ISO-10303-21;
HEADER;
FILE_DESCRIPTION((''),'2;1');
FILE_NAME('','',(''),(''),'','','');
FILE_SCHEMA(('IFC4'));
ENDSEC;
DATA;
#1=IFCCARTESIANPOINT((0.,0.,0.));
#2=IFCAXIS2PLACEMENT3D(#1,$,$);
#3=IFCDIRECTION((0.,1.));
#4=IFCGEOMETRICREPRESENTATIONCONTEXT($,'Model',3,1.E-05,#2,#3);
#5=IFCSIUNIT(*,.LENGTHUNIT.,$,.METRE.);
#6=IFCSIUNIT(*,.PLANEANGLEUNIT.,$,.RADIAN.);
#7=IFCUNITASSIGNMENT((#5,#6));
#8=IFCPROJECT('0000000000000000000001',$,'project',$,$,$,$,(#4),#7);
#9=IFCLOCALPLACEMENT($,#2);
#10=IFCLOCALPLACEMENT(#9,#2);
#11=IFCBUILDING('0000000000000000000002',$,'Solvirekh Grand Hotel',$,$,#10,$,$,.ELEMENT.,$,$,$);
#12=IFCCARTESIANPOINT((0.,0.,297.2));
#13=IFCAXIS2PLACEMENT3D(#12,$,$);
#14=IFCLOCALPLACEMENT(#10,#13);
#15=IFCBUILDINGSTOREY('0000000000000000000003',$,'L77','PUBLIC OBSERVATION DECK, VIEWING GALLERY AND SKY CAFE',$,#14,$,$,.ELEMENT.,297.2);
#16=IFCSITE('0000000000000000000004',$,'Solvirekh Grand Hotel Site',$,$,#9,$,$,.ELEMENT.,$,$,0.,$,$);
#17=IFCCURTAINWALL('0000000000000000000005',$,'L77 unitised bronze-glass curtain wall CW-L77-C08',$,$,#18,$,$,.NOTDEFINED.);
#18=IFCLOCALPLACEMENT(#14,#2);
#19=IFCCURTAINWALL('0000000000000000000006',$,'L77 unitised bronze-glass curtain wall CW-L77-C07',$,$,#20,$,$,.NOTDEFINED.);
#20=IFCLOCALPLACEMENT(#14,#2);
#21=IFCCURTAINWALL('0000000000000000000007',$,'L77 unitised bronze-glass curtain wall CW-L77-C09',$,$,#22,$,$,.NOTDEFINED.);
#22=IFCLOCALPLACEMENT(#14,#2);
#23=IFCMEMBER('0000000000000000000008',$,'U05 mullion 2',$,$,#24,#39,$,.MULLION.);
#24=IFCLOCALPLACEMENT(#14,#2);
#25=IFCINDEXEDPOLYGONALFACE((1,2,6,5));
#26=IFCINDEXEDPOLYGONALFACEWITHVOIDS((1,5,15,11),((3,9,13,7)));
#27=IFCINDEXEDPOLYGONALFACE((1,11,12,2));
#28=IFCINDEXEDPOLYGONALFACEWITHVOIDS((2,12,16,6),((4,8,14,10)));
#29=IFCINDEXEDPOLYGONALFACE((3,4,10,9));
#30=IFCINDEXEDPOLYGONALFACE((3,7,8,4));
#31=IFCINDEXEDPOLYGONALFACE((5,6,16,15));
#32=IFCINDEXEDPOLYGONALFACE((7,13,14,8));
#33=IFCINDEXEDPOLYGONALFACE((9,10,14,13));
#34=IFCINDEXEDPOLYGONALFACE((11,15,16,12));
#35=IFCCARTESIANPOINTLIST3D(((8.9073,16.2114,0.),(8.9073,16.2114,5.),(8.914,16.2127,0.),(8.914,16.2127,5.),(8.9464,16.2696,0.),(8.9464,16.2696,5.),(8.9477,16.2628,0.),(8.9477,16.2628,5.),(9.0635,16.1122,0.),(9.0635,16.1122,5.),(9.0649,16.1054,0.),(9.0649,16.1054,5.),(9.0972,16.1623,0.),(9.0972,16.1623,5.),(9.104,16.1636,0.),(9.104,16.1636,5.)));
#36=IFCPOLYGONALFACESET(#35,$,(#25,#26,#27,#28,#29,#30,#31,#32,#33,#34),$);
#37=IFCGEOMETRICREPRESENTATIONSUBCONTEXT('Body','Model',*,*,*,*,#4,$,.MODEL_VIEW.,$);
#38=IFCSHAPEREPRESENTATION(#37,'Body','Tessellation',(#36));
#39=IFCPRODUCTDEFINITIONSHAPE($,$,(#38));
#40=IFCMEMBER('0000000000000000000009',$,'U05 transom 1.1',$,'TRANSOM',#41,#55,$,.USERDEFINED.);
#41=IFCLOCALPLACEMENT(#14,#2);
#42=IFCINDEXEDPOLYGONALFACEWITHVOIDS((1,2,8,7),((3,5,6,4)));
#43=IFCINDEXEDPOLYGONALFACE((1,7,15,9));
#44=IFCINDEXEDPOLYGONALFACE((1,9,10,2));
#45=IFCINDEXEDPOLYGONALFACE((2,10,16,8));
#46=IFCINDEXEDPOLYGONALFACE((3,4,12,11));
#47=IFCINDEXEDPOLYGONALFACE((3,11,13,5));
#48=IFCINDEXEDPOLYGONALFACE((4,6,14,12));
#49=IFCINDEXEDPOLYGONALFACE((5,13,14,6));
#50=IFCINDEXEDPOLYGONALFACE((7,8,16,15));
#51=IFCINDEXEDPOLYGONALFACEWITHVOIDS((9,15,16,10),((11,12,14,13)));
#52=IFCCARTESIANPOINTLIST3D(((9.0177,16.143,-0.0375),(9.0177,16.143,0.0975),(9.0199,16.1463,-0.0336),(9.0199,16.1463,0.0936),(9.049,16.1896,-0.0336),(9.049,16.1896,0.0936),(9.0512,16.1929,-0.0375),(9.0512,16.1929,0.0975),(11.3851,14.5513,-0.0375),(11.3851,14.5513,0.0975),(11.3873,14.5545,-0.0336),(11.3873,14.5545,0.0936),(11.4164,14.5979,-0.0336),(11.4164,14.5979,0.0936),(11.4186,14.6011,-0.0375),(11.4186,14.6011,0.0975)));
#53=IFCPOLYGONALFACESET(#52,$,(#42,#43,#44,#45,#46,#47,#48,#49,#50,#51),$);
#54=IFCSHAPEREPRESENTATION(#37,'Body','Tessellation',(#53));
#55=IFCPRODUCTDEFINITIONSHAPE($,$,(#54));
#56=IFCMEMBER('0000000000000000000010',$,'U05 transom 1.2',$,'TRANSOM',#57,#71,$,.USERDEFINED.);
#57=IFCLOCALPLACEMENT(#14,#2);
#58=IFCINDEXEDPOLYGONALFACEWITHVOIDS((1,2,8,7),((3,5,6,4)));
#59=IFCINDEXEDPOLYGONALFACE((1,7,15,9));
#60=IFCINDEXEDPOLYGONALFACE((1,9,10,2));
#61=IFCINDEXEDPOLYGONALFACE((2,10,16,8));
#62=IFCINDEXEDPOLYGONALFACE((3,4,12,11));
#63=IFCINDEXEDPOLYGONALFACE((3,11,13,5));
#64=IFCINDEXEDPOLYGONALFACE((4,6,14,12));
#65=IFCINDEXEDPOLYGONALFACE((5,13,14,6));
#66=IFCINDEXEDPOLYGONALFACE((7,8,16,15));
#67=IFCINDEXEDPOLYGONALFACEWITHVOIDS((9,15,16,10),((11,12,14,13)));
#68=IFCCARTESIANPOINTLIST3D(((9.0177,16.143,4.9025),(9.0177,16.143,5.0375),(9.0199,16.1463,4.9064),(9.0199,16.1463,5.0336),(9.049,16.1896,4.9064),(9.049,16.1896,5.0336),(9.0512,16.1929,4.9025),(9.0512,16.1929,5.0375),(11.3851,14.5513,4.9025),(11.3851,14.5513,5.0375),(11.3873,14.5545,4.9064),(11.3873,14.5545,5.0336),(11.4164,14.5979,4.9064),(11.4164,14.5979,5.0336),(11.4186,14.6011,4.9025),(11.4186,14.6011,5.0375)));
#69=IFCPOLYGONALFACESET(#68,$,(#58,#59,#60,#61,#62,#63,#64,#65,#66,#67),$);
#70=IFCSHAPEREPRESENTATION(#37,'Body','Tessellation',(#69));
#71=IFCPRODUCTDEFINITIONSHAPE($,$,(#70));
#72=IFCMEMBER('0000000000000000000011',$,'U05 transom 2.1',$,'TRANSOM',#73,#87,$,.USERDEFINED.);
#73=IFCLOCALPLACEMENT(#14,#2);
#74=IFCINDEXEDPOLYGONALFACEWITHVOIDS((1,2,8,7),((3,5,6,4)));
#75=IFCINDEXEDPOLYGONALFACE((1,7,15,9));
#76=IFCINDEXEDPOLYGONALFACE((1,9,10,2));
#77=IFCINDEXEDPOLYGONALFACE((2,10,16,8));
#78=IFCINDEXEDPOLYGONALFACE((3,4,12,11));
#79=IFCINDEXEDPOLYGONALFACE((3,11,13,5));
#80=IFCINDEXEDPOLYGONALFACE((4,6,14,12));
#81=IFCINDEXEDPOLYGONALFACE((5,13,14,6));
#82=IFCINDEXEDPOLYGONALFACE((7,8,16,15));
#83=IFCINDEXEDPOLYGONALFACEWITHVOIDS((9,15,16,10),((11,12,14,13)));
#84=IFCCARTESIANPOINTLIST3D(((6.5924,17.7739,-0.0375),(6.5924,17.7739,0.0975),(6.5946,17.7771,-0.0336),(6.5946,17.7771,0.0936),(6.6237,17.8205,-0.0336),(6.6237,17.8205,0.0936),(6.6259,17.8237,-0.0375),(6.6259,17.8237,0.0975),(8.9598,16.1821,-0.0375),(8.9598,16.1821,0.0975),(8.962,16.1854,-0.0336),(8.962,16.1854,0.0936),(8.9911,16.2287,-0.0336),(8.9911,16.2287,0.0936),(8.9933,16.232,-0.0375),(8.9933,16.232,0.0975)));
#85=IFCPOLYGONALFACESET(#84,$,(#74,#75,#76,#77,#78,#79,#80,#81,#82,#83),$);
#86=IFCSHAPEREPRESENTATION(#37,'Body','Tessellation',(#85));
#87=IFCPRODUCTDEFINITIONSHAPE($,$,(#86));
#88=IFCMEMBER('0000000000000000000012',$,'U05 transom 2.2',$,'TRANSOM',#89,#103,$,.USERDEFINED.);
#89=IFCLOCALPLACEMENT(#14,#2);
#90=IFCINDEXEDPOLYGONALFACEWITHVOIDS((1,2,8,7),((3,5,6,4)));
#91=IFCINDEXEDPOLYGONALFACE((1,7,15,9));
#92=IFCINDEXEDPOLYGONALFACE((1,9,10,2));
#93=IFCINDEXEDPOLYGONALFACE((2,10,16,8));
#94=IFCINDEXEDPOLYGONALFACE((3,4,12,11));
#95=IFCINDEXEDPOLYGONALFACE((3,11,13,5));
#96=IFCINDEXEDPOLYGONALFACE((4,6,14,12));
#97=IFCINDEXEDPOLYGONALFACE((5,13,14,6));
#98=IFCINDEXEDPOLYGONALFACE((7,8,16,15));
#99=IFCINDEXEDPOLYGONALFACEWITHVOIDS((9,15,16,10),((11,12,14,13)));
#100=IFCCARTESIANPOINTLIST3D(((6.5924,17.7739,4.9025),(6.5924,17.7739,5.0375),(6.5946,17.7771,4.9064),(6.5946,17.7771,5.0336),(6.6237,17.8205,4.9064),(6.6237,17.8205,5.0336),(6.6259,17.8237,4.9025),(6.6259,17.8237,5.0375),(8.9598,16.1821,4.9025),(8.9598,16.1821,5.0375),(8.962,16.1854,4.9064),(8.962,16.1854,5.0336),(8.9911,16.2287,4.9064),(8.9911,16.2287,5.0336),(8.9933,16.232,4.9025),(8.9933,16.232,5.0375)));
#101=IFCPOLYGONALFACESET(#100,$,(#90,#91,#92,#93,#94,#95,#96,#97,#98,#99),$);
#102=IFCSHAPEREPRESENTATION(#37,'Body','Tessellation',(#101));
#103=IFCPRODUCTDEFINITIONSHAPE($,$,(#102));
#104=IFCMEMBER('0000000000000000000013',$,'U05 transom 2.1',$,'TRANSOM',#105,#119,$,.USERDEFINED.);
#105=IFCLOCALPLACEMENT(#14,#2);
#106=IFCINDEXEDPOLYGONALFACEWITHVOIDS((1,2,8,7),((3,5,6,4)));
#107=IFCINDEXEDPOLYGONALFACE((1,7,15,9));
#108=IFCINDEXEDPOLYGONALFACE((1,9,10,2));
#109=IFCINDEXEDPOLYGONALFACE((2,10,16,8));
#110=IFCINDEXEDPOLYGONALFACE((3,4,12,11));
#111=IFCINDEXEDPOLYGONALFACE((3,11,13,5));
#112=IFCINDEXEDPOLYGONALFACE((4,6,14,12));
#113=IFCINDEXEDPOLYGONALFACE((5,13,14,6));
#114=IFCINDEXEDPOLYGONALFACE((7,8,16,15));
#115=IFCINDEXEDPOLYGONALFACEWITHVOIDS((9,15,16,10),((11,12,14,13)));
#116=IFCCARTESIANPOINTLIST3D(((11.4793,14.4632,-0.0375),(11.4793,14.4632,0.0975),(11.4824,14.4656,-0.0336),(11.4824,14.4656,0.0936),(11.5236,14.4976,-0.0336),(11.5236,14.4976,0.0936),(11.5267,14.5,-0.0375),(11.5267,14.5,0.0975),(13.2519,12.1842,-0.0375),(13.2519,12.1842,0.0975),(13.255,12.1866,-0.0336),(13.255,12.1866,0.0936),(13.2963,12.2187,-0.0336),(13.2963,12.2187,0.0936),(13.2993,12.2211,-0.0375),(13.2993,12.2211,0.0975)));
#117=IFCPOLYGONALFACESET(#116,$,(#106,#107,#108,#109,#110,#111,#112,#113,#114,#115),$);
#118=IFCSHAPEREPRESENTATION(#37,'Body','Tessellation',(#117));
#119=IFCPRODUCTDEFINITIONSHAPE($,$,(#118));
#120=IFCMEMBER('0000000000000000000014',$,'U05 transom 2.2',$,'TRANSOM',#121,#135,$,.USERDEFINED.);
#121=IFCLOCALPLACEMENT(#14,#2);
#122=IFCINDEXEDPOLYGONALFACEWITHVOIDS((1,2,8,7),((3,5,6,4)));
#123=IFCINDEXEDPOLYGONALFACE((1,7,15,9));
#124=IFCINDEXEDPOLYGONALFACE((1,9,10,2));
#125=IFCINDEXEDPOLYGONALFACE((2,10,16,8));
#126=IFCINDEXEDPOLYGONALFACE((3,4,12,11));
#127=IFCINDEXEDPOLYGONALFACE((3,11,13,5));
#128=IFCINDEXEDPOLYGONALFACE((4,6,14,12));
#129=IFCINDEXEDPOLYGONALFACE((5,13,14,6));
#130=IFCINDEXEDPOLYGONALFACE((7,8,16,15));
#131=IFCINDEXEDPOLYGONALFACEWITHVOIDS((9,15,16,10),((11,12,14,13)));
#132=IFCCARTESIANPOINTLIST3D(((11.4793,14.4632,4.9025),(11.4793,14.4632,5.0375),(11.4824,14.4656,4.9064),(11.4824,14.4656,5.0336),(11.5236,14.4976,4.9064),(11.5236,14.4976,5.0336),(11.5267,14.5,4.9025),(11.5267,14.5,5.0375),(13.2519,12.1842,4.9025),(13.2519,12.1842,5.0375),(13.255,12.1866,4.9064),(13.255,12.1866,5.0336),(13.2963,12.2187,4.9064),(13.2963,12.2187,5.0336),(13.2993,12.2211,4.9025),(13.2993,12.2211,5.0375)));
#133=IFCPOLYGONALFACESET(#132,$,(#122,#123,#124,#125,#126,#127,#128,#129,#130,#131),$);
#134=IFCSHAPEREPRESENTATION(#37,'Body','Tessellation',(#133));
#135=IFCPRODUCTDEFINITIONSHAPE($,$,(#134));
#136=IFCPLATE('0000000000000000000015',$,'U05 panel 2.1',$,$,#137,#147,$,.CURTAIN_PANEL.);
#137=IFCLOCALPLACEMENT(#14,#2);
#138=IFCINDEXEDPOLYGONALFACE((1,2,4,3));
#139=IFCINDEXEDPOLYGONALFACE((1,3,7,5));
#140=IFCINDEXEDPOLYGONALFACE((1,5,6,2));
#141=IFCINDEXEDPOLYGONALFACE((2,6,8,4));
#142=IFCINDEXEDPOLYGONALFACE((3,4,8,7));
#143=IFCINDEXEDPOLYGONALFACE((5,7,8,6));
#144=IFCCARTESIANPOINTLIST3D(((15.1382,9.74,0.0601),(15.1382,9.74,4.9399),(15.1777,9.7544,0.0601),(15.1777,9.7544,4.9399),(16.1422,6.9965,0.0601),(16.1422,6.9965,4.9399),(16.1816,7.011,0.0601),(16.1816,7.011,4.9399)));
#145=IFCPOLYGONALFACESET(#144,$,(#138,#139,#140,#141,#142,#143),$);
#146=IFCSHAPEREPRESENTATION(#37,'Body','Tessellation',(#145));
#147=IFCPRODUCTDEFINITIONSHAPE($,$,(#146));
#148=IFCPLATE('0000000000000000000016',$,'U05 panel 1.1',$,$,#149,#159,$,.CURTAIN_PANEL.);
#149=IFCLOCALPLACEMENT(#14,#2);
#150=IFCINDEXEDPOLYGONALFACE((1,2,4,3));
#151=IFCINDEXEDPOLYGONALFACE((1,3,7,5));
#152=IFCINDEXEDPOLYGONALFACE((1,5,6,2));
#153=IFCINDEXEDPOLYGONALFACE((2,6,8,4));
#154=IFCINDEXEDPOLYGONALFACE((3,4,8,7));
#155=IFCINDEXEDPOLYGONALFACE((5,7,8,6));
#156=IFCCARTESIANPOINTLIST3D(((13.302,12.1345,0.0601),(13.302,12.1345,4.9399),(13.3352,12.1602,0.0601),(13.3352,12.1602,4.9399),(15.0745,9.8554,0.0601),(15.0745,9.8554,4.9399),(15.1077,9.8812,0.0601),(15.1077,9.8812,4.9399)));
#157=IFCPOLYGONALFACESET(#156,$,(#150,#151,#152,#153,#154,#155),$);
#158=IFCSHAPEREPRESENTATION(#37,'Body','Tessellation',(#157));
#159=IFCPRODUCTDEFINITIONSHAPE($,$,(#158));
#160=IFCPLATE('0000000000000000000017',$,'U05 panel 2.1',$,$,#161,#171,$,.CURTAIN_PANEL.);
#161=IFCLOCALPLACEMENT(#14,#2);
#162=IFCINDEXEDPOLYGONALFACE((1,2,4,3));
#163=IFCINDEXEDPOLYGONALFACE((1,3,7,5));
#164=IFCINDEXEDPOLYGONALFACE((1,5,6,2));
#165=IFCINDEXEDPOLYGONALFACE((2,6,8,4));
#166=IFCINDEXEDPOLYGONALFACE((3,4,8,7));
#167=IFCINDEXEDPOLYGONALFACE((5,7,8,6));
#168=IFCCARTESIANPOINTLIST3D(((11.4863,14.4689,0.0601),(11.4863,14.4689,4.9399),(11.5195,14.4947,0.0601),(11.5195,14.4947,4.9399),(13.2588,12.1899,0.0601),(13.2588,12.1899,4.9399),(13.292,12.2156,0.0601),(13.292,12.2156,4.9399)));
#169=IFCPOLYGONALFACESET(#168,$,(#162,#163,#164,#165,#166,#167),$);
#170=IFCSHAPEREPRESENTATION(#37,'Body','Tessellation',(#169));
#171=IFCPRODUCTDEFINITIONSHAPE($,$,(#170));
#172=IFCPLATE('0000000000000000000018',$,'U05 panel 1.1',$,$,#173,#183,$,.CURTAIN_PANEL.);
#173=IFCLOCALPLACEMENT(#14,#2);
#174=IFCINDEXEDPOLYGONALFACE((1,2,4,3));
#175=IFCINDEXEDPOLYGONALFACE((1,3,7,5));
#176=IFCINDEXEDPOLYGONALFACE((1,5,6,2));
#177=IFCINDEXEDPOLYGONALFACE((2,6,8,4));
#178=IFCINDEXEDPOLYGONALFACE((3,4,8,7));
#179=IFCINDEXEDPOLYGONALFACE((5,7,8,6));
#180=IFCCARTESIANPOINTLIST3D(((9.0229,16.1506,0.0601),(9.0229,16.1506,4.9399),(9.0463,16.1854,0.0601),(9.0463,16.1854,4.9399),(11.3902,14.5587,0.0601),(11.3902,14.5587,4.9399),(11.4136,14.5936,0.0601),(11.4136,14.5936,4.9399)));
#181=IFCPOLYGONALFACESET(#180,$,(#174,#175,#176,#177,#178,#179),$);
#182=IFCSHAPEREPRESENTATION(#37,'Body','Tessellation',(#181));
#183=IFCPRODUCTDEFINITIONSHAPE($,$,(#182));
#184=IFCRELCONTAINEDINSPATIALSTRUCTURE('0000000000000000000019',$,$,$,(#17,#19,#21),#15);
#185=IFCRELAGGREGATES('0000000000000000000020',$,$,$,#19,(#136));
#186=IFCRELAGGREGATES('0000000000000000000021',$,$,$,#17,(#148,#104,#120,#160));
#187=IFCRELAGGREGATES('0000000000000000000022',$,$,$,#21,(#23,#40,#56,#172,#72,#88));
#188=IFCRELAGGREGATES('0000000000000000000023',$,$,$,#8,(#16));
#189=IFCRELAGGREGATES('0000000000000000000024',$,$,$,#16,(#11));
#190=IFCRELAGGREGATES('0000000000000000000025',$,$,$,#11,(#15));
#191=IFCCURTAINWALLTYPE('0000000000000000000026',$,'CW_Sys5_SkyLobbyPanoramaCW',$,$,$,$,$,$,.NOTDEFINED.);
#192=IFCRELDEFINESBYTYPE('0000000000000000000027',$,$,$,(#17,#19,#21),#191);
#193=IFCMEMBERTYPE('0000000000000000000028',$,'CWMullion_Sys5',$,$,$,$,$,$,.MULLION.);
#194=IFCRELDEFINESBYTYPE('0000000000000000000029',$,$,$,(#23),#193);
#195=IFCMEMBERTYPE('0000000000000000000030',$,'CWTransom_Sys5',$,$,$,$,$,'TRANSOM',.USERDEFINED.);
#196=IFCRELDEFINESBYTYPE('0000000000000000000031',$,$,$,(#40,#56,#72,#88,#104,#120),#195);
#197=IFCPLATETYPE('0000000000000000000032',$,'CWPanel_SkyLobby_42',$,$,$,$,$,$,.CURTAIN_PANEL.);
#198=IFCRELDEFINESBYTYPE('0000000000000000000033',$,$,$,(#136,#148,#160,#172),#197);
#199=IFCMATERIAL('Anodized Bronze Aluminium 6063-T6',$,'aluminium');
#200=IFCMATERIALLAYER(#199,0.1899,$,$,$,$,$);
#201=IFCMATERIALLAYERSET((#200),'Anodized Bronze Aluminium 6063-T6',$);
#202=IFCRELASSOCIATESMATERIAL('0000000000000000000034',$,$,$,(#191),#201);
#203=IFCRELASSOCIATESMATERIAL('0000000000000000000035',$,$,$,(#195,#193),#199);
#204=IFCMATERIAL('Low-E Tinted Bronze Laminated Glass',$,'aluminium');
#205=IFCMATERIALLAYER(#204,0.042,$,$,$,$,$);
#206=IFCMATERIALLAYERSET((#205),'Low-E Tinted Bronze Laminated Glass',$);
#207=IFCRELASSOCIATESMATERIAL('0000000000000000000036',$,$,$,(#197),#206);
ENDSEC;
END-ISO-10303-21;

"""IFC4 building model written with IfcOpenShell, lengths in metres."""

from ifc_helpers import new_model, si_unit, direction, frame, origin, origin_2d, place, context, subcontext, project, spatial, rectangle, hollow_rectangle, extrude, source, transform, mapped, material, layer, layer_set, material_profile, profile_set, type_object, element, aggregate, save


model = new_model("IFC4")

# Units and contexts
model_context = context("Model", 3, precision=1e-05, world=origin(), true_north=direction((0.0, 1.0)))
body_context = subcontext(model_context, "Body", "Model", "MODEL_VIEW")
ifc_project = project(units=[si_unit("LENGTHUNIT", "METRE"), si_unit("PLANEANGLEUNIT", "RADIAN")], contexts=[model_context])

# Site, building, storey
site_placement = place(None, origin())
site = spatial("IfcSite", under=ifc_project, at=site_placement, Name="Solvirekh Grand Hotel Site", CompositionType="ELEMENT", RefElevation=0.0)
building_placement = place(site_placement, origin())
building = spatial("IfcBuilding", under=site, at=building_placement, Name="Solvirekh Grand Hotel", CompositionType="ELEMENT")
storey_placement = place(building_placement, frame((0.0, 0.0, 297.2)))
storey = spatial("IfcBuildingStorey", under=building, at=storey_placement, Name="L77", Description="PUBLIC OBSERVATION DECK, VIEWING GALLERY AND SKY CAFE", CompositionType="ELEMENT", Elevation=297.2)

# Curtain wall
ifc_material_1 = material(Name="Anodized Bronze Aluminium 6063-T6", Category="aluminium")
ifc_layer_1 = layer(ifc_material_1, 0.1899)
ifc_layer_set_1 = layer_set([ifc_layer_1], Name="Anodized Bronze Aluminium 6063-T6")
curtain_wall_type = type_object("IfcCurtainWallType", Name="CW_Sys5_SkyLobbyPanoramaCW", PredefinedType="NOTDEFINED", material=ifc_layer_set_1)
curtain_wall_1_placement = place(storey_placement, origin())
curtain_wall_1 = element("IfcCurtainWall", 1, at=curtain_wall_1_placement, inside=storey, type_object=curtain_wall_type, Name="L77 unitised bronze-glass curtain wall CW-L77-C08", PredefinedType="NOTDEFINED")
ifc_material_profile_1 = material_profile(ifc_material_1, hollow_rectangle(XDim=0.0601, YDim=0.135, WallThickness=0.0039, at=origin_2d()), Name="ALU RHS 135X60X4")
ifc_profile_set_1 = profile_set([ifc_material_profile_1], Name="Anodized Bronze Aluminium 6063-T6")
member_type_1 = type_object("IfcMemberType", Name="CWTransom_Sys5", ElementType="TRANSOM", PredefinedType="USERDEFINED", material=ifc_profile_set_1)

# Curtain wall
curtain_wall_2_placement = place(storey_placement, origin())
curtain_wall_2 = element("IfcCurtainWall", 2, at=curtain_wall_2_placement, inside=storey, type_object=curtain_wall_type, Name="L77 unitised bronze-glass curtain wall CW-L77-C07", PredefinedType="NOTDEFINED")
ifc_material_profile_2 = material_profile(ifc_material_1, hollow_rectangle(XDim=0.0701, YDim=0.1899, WallThickness=0.0049, at=origin_2d()), Name="ALU RHS 190X70X5")
ifc_profile_set_2 = profile_set([ifc_material_profile_2], Name="Anodized Bronze Aluminium 6063-T6")
member_type_2 = type_object("IfcMemberType", Name="CWMullion_Sys5", PredefinedType="MULLION", material=ifc_profile_set_2)
shared_shape_1 = source(origin(), body_context, "Body", "SweptSolid", [
    extrude(hollow_rectangle(XDim=0.0701, YDim=0.1899, WallThickness=0.0049, at=origin_2d()), origin(), (0.0, 0.0, 1.0), 5.0),
])

# Curtain wall, members
curtain_wall_3_placement = place(storey_placement, origin())
curtain_wall_3 = element("IfcCurtainWall", 3, at=curtain_wall_3_placement, inside=storey, type_object=curtain_wall_type, Name="L77 unitised bronze-glass curtain wall CW-L77-C09", PredefinedType="NOTDEFINED")
member_1_placement = place(storey_placement, frame((9.0056, 16.1875, 0.0), z_axis=(0.0, 0.0, 1.0), x_axis=(-0.558012, -0.829833, 0.0)))
member_1 = element("IfcMember", 4, at=member_1_placement, type_object=member_type_2, Name="U05 mullion 2", PredefinedType="MULLION", context=body_context, shape_type="MappedRepresentation", body=[
    mapped(shared_shape_1, transform((0.0, 0.0, 0.0), x_axis=(1.0, 0.0, 0.0), y_axis=(0.0, 1.0, 0.0), z_axis=(0.0, 0.0, 1.0), scale=1.0)),
])
shared_shape_2 = source(origin(), body_context, "Body", "SweptSolid", [
    extrude(hollow_rectangle(XDim=0.0601, YDim=0.135, WallThickness=0.0039, at=origin_2d()), origin(), (0.0, 0.0, 1.0), 2.8528),
])
member_2_placement = place(storey_placement, frame((11.4019, 14.5762, 0.03), z_axis=(-0.829858, 0.557974, 0.0), x_axis=(-0.557974, -0.829858, 0.0)))
member_2 = element("IfcMember", 5, at=member_2_placement, type_object=member_type_1, Name="U05 transom 1.1", ObjectType="TRANSOM", PredefinedType="USERDEFINED", context=body_context, shape_type="MappedRepresentation", body=[
    mapped(shared_shape_2, transform((0.0, 0.0, 0.0), x_axis=(1.0, 0.0, 0.0), y_axis=(0.0, 1.0, 0.0), z_axis=(0.0, 0.0, 1.0), scale=1.0)),
])
member_3_placement = place(storey_placement, frame((11.4019, 14.5762, 4.97), z_axis=(-0.829858, 0.557974, 0.0), x_axis=(-0.557974, -0.829858, 0.0)))
member_3 = element("IfcMember", 6, at=member_3_placement, type_object=member_type_1, Name="U05 transom 1.2", ObjectType="TRANSOM", PredefinedType="USERDEFINED", context=body_context, shape_type="MappedRepresentation", body=[
    mapped(shared_shape_2, transform((0.0, 0.0, 0.0), x_axis=(1.0, 0.0, 0.0), y_axis=(0.0, 1.0, 0.0), z_axis=(0.0, 0.0, 1.0), scale=1.0)),
])
member_4_placement = place(storey_placement, frame((8.9766, 16.207, 0.03), z_axis=(-0.829858, 0.557974, 0.0), x_axis=(-0.557974, -0.829858, 0.0)))
member_4 = element("IfcMember", 7, at=member_4_placement, type_object=member_type_1, Name="U05 transom 2.1", ObjectType="TRANSOM", PredefinedType="USERDEFINED", context=body_context, shape_type="MappedRepresentation", body=[
    mapped(shared_shape_2, transform((0.0, 0.0, 0.0), x_axis=(1.0, 0.0, 0.0), y_axis=(0.0, 1.0, 0.0), z_axis=(0.0, 0.0, 1.0), scale=1.0)),
])
member_5_placement = place(storey_placement, frame((8.9766, 16.207, 4.97), z_axis=(-0.829858, 0.557974, 0.0), x_axis=(-0.557974, -0.829858, 0.0)))
member_5 = element("IfcMember", 8, at=member_5_placement, type_object=member_type_1, Name="U05 transom 2.2", ObjectType="TRANSOM", PredefinedType="USERDEFINED", context=body_context, shape_type="MappedRepresentation", body=[
    mapped(shared_shape_2, transform((0.0, 0.0, 0.0), x_axis=(1.0, 0.0, 0.0), y_axis=(0.0, 1.0, 0.0), z_axis=(0.0, 0.0, 1.0), scale=1.0)),
])

# Members
shared_shape_3 = source(origin(), body_context, "Body", "SweptSolid", [
    extrude(hollow_rectangle(XDim=0.0601, YDim=0.135, WallThickness=0.0039, at=origin_2d()), origin(), (0.0, 0.0, 1.0), 2.8872),
])
member_6_placement = place(storey_placement, frame((13.2756, 12.2026, 0.03), z_axis=(-0.613964, 0.789334, 0.0), x_axis=(-0.789334, -0.613964, 0.0)))
member_6 = element("IfcMember", 9, at=member_6_placement, type_object=member_type_1, Name="U05 transom 2.1", ObjectType="TRANSOM", PredefinedType="USERDEFINED", context=body_context, shape_type="MappedRepresentation", body=[
    mapped(shared_shape_3, transform((0.0, 0.0, 0.0), x_axis=(1.0, 0.0, 0.0), y_axis=(0.0, 1.0, 0.0), z_axis=(0.0, 0.0, 1.0), scale=1.0)),
])
member_7_placement = place(storey_placement, frame((13.2756, 12.2026, 4.97), z_axis=(-0.613964, 0.789334, 0.0), x_axis=(-0.789334, -0.613964, 0.0)))
member_7 = element("IfcMember", 10, at=member_7_placement, type_object=member_type_1, Name="U05 transom 2.2", ObjectType="TRANSOM", PredefinedType="USERDEFINED", context=body_context, shape_type="MappedRepresentation", body=[
    mapped(shared_shape_3, transform((0.0, 0.0, 0.0), x_axis=(1.0, 0.0, 0.0), y_axis=(0.0, 1.0, 0.0), z_axis=(0.0, 0.0, 1.0), scale=1.0)),
])

# Plates
ifc_material_2 = material(Name="Low-E Tinted Bronze Laminated Glass", Category="aluminium")
ifc_layer_2 = layer(ifc_material_2, 0.042)
ifc_layer_set_2 = layer_set([ifc_layer_2], Name="Low-E Tinted Bronze Laminated Glass")
plate_type = type_object("IfcPlateType", Name="CWPanel_SkyLobby_42", PredefinedType="CURTAIN_PANEL", material=ifc_layer_set_2)
shared_shape_4 = source(origin(), body_context, "Body", "SweptSolid", [
    extrude(rectangle(XDim=2.9214, YDim=0.042, at=origin_2d()), origin(), (0.0, 0.0, 1.0), 4.8799),
])
plate_1_placement = place(storey_placement, frame((15.6599, 8.3755, 0.0601), z_axis=(0.0, 0.0, 1.0), x_axis=(-0.343653, 0.939097, 0.0)))
plate_1 = element("IfcPlate", 11, at=plate_1_placement, type_object=plate_type, Name="U05 panel 2.1", PredefinedType="CURTAIN_PANEL", context=body_context, shape_type="MappedRepresentation", body=[
    mapped(shared_shape_4, transform((0.0, 0.0, 0.0), x_axis=(1.0, 0.0, 0.0), y_axis=(0.0, 1.0, 0.0), z_axis=(0.0, 0.0, 1.0), scale=1.0)),
])
aggregate(curtain_wall_2, [plate_1])
shared_shape_5 = source(origin(), body_context, "Body", "SweptSolid", [
    extrude(rectangle(XDim=2.8872, YDim=0.042, at=origin_2d()), origin(), (0.0, 0.0, 1.0), 4.8799),
])
plate_2_placement = place(storey_placement, frame((14.2048, 11.0078, 0.0601), z_axis=(0.0, 0.0, 1.0), x_axis=(-0.613917, 0.78937, 0.0)))
plate_2 = element("IfcPlate", 12, at=plate_2_placement, type_object=plate_type, Name="U05 panel 1.1", PredefinedType="CURTAIN_PANEL", context=body_context, shape_type="MappedRepresentation", body=[
    mapped(shared_shape_5, transform((0.0, 0.0, 0.0), x_axis=(1.0, 0.0, 0.0), y_axis=(0.0, 1.0, 0.0), z_axis=(0.0, 0.0, 1.0), scale=1.0)),
])
plate_3_placement = place(storey_placement, frame((12.3892, 13.3423, 0.0601), z_axis=(0.0, 0.0, 1.0), x_axis=(-0.613917, 0.78937, 0.0)))
plate_3 = element("IfcPlate", 13, at=plate_3_placement, type_object=plate_type, Name="U05 panel 2.1", PredefinedType="CURTAIN_PANEL", context=body_context, shape_type="MappedRepresentation", body=[
    mapped(shared_shape_5, transform((0.0, 0.0, 0.0), x_axis=(1.0, 0.0, 0.0), y_axis=(0.0, 1.0, 0.0), z_axis=(0.0, 0.0, 1.0), scale=1.0)),
])
aggregate(curtain_wall_1, [plate_2, member_6, member_7, plate_3])
shared_shape_6 = source(origin(), body_context, "Body", "SweptSolid", [
    extrude(rectangle(XDim=2.8528, YDim=0.042, at=origin_2d()), origin(), (0.0, 0.0, 1.0), 4.8799),
])
plate_4_placement = place(storey_placement, frame((10.2183, 15.3721, 0.0601), z_axis=(0.0, 0.0, 1.0), x_axis=(-0.829833, 0.558012, 0.0)))
plate_4 = element("IfcPlate", 14, at=plate_4_placement, type_object=plate_type, Name="U05 panel 1.1", PredefinedType="CURTAIN_PANEL", context=body_context, shape_type="MappedRepresentation", body=[
    mapped(shared_shape_6, transform((0.0, 0.0, 0.0), x_axis=(1.0, 0.0, 0.0), y_axis=(0.0, 1.0, 0.0), z_axis=(0.0, 0.0, 1.0), scale=1.0)),
])
aggregate(curtain_wall_3, [member_1, member_2, member_3, plate_4, member_4, member_5])

save(model, "model.ifc")
